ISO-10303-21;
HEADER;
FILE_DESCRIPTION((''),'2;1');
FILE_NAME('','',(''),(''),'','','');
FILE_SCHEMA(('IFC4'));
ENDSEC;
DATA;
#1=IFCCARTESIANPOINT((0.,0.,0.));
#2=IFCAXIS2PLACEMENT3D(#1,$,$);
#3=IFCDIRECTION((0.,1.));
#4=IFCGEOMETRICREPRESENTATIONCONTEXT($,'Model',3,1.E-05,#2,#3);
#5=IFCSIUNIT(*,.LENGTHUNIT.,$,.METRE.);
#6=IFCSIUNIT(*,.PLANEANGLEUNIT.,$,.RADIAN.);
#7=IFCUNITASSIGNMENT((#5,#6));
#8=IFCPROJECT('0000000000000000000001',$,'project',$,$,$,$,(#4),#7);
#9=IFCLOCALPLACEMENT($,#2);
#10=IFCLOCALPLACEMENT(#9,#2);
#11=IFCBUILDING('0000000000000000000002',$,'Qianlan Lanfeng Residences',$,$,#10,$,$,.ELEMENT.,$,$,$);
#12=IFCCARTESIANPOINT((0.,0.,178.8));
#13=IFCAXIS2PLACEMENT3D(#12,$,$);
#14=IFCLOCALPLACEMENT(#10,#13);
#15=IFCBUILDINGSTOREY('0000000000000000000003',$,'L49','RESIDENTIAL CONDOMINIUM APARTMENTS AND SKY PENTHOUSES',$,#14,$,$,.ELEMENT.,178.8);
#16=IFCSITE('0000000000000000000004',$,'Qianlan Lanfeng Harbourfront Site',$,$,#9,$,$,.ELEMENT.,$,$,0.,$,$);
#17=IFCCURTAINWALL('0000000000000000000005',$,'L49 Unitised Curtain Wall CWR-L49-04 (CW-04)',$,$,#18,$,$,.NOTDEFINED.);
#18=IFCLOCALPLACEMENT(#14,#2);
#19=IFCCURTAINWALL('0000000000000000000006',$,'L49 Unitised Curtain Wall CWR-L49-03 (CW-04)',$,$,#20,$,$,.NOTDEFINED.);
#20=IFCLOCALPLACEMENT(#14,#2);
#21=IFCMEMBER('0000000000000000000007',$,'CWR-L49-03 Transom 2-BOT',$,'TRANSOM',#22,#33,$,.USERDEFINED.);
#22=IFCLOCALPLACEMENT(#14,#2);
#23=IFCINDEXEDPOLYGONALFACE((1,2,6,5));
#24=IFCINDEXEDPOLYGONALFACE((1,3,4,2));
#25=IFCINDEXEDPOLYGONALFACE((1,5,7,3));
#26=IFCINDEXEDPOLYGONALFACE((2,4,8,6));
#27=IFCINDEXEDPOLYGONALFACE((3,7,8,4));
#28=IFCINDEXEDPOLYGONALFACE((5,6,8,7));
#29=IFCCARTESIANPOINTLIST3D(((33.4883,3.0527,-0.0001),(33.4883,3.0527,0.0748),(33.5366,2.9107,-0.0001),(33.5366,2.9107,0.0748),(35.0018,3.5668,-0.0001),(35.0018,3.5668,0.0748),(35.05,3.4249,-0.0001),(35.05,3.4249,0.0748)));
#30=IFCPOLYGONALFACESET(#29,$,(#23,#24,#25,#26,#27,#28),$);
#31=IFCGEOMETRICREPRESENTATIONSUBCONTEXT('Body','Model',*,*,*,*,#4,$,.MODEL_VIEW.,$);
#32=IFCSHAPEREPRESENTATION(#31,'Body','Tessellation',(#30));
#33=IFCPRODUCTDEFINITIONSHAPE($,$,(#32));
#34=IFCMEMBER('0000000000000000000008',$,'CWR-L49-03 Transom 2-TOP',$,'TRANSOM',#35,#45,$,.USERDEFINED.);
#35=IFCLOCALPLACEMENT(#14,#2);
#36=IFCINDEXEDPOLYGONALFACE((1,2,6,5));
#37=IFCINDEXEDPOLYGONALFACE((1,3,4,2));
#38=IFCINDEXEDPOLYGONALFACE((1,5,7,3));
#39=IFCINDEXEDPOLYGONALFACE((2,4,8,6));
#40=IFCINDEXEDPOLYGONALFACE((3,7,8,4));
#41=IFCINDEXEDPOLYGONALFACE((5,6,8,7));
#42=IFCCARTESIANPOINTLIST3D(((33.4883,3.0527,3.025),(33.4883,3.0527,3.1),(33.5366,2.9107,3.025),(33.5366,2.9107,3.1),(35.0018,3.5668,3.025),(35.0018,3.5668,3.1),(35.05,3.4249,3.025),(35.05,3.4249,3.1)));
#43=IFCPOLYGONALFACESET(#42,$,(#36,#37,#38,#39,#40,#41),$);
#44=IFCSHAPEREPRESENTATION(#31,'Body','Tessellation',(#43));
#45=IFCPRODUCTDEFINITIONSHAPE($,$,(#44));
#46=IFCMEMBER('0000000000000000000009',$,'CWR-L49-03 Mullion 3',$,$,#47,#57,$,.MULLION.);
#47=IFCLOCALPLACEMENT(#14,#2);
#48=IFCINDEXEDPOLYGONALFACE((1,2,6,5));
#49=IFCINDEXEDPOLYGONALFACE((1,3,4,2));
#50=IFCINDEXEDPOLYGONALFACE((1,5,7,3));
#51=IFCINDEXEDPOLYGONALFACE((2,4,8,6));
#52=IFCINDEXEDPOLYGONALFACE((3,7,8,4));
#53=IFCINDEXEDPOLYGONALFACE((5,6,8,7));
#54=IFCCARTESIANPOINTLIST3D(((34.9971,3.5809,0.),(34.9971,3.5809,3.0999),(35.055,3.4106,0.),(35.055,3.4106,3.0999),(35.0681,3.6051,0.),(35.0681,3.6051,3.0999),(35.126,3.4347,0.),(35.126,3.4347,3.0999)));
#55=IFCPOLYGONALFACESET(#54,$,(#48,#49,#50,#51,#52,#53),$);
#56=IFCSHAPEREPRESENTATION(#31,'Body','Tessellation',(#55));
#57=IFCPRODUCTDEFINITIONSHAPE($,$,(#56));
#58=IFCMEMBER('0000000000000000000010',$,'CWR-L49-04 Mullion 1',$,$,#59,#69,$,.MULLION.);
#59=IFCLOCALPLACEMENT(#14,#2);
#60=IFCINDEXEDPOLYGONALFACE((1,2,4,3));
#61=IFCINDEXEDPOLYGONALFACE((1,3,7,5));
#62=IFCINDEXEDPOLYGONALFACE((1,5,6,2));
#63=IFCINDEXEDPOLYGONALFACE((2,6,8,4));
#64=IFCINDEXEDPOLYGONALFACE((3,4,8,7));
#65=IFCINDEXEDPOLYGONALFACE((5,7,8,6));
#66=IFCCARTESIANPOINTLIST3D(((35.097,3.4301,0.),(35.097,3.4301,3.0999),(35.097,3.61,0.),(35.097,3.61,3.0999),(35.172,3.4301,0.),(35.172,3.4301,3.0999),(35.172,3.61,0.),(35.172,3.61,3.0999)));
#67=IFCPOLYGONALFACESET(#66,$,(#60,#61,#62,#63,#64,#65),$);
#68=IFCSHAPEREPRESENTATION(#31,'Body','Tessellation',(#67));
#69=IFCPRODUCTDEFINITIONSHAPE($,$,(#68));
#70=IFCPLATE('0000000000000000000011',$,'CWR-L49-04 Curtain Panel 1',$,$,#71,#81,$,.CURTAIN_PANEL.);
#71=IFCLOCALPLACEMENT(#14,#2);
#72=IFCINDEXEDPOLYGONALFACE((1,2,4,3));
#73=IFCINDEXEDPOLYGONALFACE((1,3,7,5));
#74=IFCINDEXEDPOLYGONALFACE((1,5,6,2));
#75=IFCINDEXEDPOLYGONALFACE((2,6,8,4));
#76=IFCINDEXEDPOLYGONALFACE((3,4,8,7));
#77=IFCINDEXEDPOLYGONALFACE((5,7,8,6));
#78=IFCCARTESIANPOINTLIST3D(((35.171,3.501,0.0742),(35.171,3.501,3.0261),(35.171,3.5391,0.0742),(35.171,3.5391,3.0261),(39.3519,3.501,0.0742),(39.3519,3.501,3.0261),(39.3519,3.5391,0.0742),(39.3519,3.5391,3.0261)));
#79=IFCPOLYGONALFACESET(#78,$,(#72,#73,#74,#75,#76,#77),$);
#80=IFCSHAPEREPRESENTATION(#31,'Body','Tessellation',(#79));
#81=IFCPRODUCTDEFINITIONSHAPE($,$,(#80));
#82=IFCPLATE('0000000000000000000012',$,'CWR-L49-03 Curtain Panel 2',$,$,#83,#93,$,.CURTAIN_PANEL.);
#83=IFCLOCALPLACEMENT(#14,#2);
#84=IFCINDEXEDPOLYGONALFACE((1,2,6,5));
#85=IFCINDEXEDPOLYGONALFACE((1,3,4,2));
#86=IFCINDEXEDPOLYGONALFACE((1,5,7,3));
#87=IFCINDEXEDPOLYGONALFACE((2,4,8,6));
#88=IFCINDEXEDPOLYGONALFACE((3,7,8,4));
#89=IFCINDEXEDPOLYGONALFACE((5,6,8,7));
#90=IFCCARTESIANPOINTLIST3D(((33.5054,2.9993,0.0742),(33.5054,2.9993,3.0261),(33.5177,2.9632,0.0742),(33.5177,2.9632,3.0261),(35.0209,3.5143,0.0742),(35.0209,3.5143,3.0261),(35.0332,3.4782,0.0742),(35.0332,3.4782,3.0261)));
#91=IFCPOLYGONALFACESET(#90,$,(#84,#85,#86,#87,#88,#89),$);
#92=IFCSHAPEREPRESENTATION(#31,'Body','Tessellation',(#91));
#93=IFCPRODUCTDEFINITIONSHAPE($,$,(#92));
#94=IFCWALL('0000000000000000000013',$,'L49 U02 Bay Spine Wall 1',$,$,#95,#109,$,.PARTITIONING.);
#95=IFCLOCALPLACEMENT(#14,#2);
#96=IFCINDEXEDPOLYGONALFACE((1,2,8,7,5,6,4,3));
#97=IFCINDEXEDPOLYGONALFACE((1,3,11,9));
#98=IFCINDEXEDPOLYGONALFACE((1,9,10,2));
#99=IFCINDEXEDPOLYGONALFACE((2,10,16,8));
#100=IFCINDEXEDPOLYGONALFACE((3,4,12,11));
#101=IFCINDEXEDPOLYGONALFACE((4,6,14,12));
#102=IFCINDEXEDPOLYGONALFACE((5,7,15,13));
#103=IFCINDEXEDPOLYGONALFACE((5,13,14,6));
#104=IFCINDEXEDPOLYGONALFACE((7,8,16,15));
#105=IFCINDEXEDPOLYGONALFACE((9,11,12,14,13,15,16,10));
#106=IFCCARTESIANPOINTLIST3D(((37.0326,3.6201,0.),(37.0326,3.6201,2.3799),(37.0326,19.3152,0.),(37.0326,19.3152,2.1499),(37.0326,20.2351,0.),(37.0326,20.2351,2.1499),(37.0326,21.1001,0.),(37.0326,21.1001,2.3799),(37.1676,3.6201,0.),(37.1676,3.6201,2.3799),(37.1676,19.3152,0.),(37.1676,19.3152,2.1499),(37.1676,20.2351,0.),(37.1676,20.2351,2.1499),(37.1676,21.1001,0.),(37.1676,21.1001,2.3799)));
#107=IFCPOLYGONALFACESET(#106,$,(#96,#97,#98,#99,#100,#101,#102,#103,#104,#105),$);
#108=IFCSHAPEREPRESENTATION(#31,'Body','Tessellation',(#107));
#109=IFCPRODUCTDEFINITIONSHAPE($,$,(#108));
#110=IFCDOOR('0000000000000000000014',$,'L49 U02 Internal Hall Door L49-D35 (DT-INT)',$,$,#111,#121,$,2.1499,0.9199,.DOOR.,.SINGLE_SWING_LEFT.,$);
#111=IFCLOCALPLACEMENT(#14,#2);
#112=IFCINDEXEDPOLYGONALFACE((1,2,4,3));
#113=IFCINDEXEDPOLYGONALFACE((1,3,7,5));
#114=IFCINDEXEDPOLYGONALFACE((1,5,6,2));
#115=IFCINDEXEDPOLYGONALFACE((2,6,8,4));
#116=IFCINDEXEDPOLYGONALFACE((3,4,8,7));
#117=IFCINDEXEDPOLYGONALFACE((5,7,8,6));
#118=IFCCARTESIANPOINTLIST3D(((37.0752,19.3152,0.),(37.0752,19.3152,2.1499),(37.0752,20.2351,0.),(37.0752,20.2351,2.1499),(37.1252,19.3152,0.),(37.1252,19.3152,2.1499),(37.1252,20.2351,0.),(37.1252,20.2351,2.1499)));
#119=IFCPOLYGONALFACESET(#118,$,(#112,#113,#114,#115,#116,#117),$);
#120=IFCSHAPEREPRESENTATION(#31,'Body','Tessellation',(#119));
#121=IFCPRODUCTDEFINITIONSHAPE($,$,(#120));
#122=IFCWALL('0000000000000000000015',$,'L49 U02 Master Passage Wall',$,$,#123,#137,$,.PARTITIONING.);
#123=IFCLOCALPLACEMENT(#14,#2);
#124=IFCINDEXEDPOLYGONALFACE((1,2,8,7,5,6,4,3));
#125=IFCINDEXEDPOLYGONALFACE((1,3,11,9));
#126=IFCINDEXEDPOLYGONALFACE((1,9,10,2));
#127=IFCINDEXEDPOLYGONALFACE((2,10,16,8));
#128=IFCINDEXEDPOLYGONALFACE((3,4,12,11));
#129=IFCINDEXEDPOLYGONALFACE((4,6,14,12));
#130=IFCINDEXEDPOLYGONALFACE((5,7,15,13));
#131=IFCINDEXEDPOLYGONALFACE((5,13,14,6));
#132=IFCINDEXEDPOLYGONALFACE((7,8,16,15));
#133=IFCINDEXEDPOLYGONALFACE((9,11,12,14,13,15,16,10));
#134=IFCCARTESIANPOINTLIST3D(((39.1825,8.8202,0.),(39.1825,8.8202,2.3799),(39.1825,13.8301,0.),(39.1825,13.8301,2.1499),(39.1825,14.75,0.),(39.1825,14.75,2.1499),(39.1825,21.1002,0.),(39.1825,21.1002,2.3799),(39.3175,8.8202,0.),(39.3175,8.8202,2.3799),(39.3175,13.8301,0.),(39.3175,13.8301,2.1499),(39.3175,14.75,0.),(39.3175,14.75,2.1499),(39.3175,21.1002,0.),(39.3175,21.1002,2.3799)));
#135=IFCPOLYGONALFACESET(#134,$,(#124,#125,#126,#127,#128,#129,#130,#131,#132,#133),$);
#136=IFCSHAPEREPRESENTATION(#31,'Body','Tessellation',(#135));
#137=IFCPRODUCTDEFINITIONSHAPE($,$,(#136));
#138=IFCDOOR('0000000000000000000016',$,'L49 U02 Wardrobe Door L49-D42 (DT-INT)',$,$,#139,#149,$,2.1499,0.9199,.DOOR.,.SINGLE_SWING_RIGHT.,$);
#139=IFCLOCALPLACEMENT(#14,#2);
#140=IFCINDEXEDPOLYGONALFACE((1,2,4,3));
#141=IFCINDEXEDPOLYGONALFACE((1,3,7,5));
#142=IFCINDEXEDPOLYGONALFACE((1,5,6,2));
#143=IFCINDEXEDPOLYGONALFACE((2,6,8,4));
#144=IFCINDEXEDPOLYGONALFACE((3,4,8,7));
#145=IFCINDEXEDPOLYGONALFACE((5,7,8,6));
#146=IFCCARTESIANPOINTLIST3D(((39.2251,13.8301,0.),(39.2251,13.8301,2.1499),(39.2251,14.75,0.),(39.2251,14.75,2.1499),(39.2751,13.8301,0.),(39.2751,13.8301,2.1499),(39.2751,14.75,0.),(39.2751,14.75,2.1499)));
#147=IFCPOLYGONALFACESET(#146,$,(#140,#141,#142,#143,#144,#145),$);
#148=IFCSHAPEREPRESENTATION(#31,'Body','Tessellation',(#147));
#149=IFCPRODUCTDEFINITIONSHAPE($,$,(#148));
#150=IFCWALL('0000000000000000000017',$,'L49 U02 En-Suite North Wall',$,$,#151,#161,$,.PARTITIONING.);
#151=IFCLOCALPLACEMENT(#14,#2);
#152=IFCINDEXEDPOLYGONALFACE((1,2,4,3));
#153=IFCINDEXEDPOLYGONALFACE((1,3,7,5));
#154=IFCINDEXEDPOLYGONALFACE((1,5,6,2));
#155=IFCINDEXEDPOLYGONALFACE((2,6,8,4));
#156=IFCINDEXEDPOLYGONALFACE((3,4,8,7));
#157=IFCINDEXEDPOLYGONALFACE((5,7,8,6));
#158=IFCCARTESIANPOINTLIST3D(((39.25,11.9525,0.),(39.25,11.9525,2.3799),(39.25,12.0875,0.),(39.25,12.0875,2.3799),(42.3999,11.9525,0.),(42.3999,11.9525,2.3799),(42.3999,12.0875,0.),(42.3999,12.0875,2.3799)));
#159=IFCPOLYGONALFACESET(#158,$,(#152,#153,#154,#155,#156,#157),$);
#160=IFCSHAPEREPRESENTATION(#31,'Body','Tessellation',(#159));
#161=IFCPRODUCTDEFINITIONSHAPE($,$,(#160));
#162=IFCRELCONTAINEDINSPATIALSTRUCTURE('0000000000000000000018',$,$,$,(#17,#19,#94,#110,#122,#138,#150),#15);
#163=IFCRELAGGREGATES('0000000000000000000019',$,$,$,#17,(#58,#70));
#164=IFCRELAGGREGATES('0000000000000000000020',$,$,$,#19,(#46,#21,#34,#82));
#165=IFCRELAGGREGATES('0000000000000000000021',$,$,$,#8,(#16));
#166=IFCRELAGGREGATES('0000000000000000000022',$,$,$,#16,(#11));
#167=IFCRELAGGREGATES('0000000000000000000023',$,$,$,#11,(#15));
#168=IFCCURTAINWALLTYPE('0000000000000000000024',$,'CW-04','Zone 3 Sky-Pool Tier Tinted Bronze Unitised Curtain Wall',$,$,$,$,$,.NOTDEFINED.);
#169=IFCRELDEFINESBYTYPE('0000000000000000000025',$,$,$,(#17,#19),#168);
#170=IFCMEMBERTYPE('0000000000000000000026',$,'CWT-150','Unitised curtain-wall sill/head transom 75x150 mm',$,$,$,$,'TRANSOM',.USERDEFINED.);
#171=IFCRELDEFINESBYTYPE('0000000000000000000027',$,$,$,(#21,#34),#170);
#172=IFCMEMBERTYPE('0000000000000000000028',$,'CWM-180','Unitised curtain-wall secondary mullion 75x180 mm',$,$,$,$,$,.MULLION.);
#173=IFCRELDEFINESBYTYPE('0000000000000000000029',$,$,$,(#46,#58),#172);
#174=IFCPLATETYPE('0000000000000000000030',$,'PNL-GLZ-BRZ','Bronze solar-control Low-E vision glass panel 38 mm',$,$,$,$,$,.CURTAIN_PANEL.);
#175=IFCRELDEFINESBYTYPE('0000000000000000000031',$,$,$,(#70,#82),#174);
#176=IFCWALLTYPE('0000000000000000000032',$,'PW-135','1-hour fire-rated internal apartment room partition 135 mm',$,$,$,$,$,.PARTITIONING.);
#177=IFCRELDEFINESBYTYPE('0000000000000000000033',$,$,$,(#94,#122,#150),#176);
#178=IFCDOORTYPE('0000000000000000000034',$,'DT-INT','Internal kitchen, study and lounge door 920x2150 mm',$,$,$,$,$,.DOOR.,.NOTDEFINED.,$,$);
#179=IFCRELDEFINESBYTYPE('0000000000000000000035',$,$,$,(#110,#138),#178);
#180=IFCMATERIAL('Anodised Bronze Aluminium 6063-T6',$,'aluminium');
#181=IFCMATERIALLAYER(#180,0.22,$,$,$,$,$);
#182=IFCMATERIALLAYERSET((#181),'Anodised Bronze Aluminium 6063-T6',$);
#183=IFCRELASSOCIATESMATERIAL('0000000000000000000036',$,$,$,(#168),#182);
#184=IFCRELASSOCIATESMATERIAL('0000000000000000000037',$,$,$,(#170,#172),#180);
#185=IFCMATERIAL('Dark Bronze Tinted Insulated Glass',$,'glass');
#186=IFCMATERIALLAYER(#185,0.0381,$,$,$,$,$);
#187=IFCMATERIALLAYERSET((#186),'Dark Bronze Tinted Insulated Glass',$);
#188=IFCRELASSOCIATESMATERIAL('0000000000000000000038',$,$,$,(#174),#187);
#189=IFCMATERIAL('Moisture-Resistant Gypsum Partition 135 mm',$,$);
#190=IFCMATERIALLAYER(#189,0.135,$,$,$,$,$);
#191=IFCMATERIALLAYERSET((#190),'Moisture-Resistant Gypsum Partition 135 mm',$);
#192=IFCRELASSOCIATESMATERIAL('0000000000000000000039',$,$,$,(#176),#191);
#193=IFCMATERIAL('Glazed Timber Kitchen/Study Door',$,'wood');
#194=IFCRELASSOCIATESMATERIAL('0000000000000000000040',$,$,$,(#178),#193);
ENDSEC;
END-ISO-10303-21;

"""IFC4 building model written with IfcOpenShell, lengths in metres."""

from ifc_helpers import new_model, si_unit, direction, frame, frame_2d, origin, origin_2d, place, context, subcontext, project, spatial, rectangle, extrude, source, transform, mapped, material, layer, layer_set, material_profile, profile_set, type_object, element, fill, aggregate, save


model = new_model("IFC4")

# Units and contexts
model_context = context("Model", 3, precision=1e-05, world=origin(), true_north=direction((0.0, 1.0)))
body_context = subcontext(model_context, "Body", "Model", "MODEL_VIEW")
ifc_project = project(units=[si_unit("LENGTHUNIT", "METRE"), si_unit("PLANEANGLEUNIT", "RADIAN")], contexts=[model_context])

# Site, building, storey
site_placement = place(None, origin())
site = spatial("IfcSite", under=ifc_project, at=site_placement, Name="Qianlan Lanfeng Harbourfront Site", CompositionType="ELEMENT", RefElevation=0.0)
building_placement = place(site_placement, origin())
building = spatial("IfcBuilding", under=site, at=building_placement, Name="Qianlan Lanfeng Residences", CompositionType="ELEMENT")
storey_placement = place(building_placement, frame((0.0, 0.0, 178.8)))
storey = spatial("IfcBuildingStorey", under=building, at=storey_placement, Name="L49", Description="RESIDENTIAL CONDOMINIUM APARTMENTS AND SKY PENTHOUSES", CompositionType="ELEMENT", Elevation=178.8)

# Curtain walls, members
ifc_material_1 = material(Name="Anodised Bronze Aluminium 6063-T6", Category="aluminium")
ifc_layer_1 = layer(ifc_material_1, 0.22)
ifc_layer_set_1 = layer_set([ifc_layer_1], Name="Anodised Bronze Aluminium 6063-T6")
curtain_wall_type = type_object("IfcCurtainWallType", Name="CW-04", Description="Zone 3 Sky-Pool Tier Tinted Bronze Unitised Curtain Wall", PredefinedType="NOTDEFINED", material=ifc_layer_set_1)
curtain_wall_1_placement = place(storey_placement, origin())
curtain_wall_1 = element("IfcCurtainWall", 1, at=curtain_wall_1_placement, inside=storey, type_object=curtain_wall_type, Name="L49 Unitised Curtain Wall CWR-L49-04 (CW-04)", PredefinedType="NOTDEFINED")
ifc_material_profile_1 = material_profile(ifc_material_1, rectangle(XDim=0.075, YDim=0.1499, at=origin_2d()), Name="ALU TRANSOM 75x150")
ifc_profile_set_1 = profile_set([ifc_material_profile_1], Name="Anodised Bronze Aluminium 6063-T6")
member_type_1 = type_object("IfcMemberType", Name="CWT-150", Description="Unitised curtain-wall sill/head transom 75x150 mm", ElementType="TRANSOM", PredefinedType="USERDEFINED", material=ifc_profile_set_1)
curtain_wall_2_placement = place(storey_placement, origin())
curtain_wall_2 = element("IfcCurtainWall", 2, at=curtain_wall_2_placement, inside=storey, type_object=curtain_wall_type, Name="L49 Unitised Curtain Wall CWR-L49-03 (CW-04)", PredefinedType="NOTDEFINED")
shared_shape_1 = source(origin(), body_context, "Body", "SweptSolid", [
    extrude(rectangle(XDim=0.075, YDim=0.1499, at=origin_2d()), origin(), (0.0, 0.0, 1.0), 1.5984),
])
member_1_placement = place(storey_placement, frame((33.5125, 2.9817, 0.0374), z_axis=(0.94685, 0.321675, 0.0), x_axis=(0.0, 0.0, 1.0)))
member_1 = element("IfcMember", 3, at=member_1_placement, type_object=member_type_1, Name="CWR-L49-03 Transom 2-BOT", ObjectType="TRANSOM", PredefinedType="USERDEFINED", context=body_context, shape_type="MappedRepresentation", body=[
    mapped(shared_shape_1, transform((0.0, 0.0, 0.0), scale=1.0)),
])
member_2_placement = place(storey_placement, frame((33.5125, 2.9817, 3.0625), z_axis=(0.94685, 0.321675, 0.0), x_axis=(0.0, 0.0, 1.0)))
member_2 = element("IfcMember", 4, at=member_2_placement, type_object=member_type_1, Name="CWR-L49-03 Transom 2-TOP", ObjectType="TRANSOM", PredefinedType="USERDEFINED", context=body_context, shape_type="MappedRepresentation", body=[
    mapped(shared_shape_1, transform((0.0, 0.0, 0.0), scale=1.0)),
])
ifc_material_profile_2 = material_profile(ifc_material_1, rectangle(XDim=0.075, YDim=0.1799, at=origin_2d()), Name="ALU MULLION 75x180")
ifc_profile_set_2 = profile_set([ifc_material_profile_2], Name="Anodised Bronze Aluminium 6063-T6")
member_type_2 = type_object("IfcMemberType", Name="CWM-180", Description="Unitised curtain-wall secondary mullion 75x180 mm", PredefinedType="MULLION", material=ifc_profile_set_2)
shared_shape_2 = source(origin(), body_context, "Body", "SweptSolid", [
    extrude(rectangle(XDim=0.075, YDim=0.1799, at=origin_2d()), origin(), (0.0, 0.0, 1.0), 3.0999),
])
member_3_placement = place(storey_placement, frame((35.0615, 3.5078, 0.0), z_axis=(0.0, 0.0, 1.0), x_axis=(0.946826, 0.321745, 0.0)))
member_3 = element("IfcMember", 5, at=member_3_placement, type_object=member_type_2, Name="CWR-L49-03 Mullion 3", PredefinedType="MULLION", context=body_context, shape_type="MappedRepresentation", body=[
    mapped(shared_shape_2, transform((0.0, 0.0, 0.0), scale=1.0)),
])

# Member
member_4_placement = place(storey_placement, frame((35.1345, 3.52, 0.0), z_axis=(0.0, 0.0, 1.0), x_axis=(1.0, 0.0, 0.0)))
member_4 = element("IfcMember", 6, at=member_4_placement, type_object=member_type_2, Name="CWR-L49-04 Mullion 1", PredefinedType="MULLION", context=body_context, shape_type="MappedRepresentation", body=[
    mapped(shared_shape_2, transform((0.0, 0.0, 0.0), scale=1.0)),
])

# Plates
ifc_material_2 = material(Name="Dark Bronze Tinted Insulated Glass", Category="glass")
ifc_layer_2 = layer(ifc_material_2, 0.0381)
ifc_layer_set_2 = layer_set([ifc_layer_2], Name="Dark Bronze Tinted Insulated Glass")
plate_type = type_object("IfcPlateType", Name="PNL-GLZ-BRZ", Description="Bronze solar-control Low-E vision glass panel 38 mm", PredefinedType="CURTAIN_PANEL", material=ifc_layer_set_2)
shared_shape_3 = source(origin(), body_context, "Body", "SweptSolid", [
    extrude(rectangle(XDim=4.1809, YDim=0.0381, at=origin_2d()), origin(), (0.0, 0.0, 1.0), 2.9519),
])
plate_1_placement = place(storey_placement, frame((37.2615, 3.52, 0.0742), z_axis=(0.0, 0.0, 1.0), x_axis=(1.0, 0.0, 0.0)))
plate_1 = element("IfcPlate", 7, at=plate_1_placement, type_object=plate_type, Name="CWR-L49-04 Curtain Panel 1", PredefinedType="CURTAIN_PANEL", context=body_context, shape_type="MappedRepresentation", body=[
    mapped(shared_shape_3, transform((0.0, 0.0, 0.0), scale=1.0)),
])
aggregate(curtain_wall_1, [member_4, plate_1])
shared_shape_4 = source(origin(), body_context, "Body", "SweptSolid", [
    extrude(rectangle(XDim=1.6006, YDim=0.0381, at=origin_2d()), origin(), (0.0, 0.0, 1.0), 2.9519),
])
plate_2_placement = place(storey_placement, frame((34.2693, 3.2388, 0.0742), z_axis=(0.0, 0.0, 1.0), x_axis=(0.946826, 0.321745, 0.0)))
plate_2 = element("IfcPlate", 8, at=plate_2_placement, type_object=plate_type, Name="CWR-L49-03 Curtain Panel 2", PredefinedType="CURTAIN_PANEL", context=body_context, shape_type="MappedRepresentation", body=[
    mapped(shared_shape_4, transform((0.0, 0.0, 0.0), scale=1.0)),
])
aggregate(curtain_wall_2, [member_3, member_1, member_2, plate_2])

# Wall, opening, door
ifc_material_3 = material(Name="Moisture-Resistant Gypsum Partition 135 mm")
ifc_layer_3 = layer(ifc_material_3, 0.135)
ifc_layer_set_3 = layer_set([ifc_layer_3], Name="Moisture-Resistant Gypsum Partition 135 mm")
wall_type = type_object("IfcWallType", Name="PW-135", Description="1-hour fire-rated internal apartment room partition 135 mm", PredefinedType="PARTITIONING", material=ifc_layer_set_3)
wall_1_placement = place(storey_placement, frame((37.1001, 3.6201, 0.0), z_axis=(0.0, 0.0, 1.0), x_axis=(0.0, 1.0, 0.0)))
wall_1 = element("IfcWall", 9, at=wall_1_placement, inside=storey, type_object=wall_type, Name="L49 U02 Bay Spine Wall 1", PredefinedType="PARTITIONING", context=body_context, shape_type="SweptSolid", body=[
    extrude(rectangle(XDim=17.48, YDim=0.135, at=frame_2d((8.74, 0.0))), origin(), (0.0, 0.0, 1.0), 2.3799),
])
opening_1_placement = place(wall_1_placement, frame((15.6951, 0.0, 0.0)))
opening_1 = element("IfcOpeningElement", 10, at=opening_1_placement, cuts=wall_1, PredefinedType="OPENING", context=body_context, shape_type="SweptSolid", body=[
    extrude(rectangle(XDim=0.9199, YDim=2.1499, at=frame_2d((0.46, 1.075))), frame((0.0, 0.0776, 0.0), z_axis=(0.0, -1.0, 0.0), x_axis=(1.0, 0.0, 0.0)), (0.0, 0.0, 1.0), 0.155),
])
ifc_material_4 = material(Name="Glazed Timber Kitchen/Study Door", Category="wood")
door_type_1 = type_object("IfcDoorType", Name="DT-INT", Description="Internal kitchen, study and lounge door 920x2150 mm", OperationType="NOTDEFINED", PredefinedType="DOOR", material=ifc_material_4)
door_1_placement = place(opening_1_placement, origin())
door_1 = element("IfcDoor", 11, at=door_1_placement, inside=storey, type_object=door_type_1, Name="L49 U02 Internal Hall Door L49-D35 (DT-INT)", OperationType="SINGLE_SWING_LEFT", OverallHeight=2.1499, OverallWidth=0.9199, PredefinedType="DOOR", context=body_context, shape_type="SweptSolid", body=[
    extrude(rectangle(XDim=0.9199, YDim=2.1499, at=frame_2d((0.46, 1.075))), frame((0.0, 0.0249, 0.0), z_axis=(0.0, -1.0, 0.0), x_axis=(1.0, 0.0, 0.0)), (0.0, 0.0, 1.0), 0.05),
])
fill(opening_1, door_1)

# Wall, opening, door
wall_2_placement = place(storey_placement, frame((39.25, 8.8201, 0.0), z_axis=(0.0, 0.0, 1.0), x_axis=(0.0, 1.0, 0.0)))
wall_2 = element("IfcWall", 12, at=wall_2_placement, inside=storey, type_object=wall_type, Name="L49 U02 Master Passage Wall", PredefinedType="PARTITIONING", context=body_context, shape_type="SweptSolid", body=[
    extrude(rectangle(XDim=12.28, YDim=0.135, at=frame_2d((6.1401, 0.0))), origin(), (0.0, 0.0, 1.0), 2.3799),
])
opening_2_placement = place(wall_2_placement, frame((5.01, 0.0, 0.0)))
opening_2 = element("IfcOpeningElement", 13, at=opening_2_placement, cuts=wall_2, PredefinedType="OPENING", context=body_context, shape_type="SweptSolid", body=[
    extrude(rectangle(XDim=0.9199, YDim=2.1499, at=frame_2d((0.46, 1.075))), frame((0.0, 0.0776, 0.0), z_axis=(0.0, -1.0, 0.0), x_axis=(1.0, 0.0, 0.0)), (0.0, 0.0, 1.0), 0.155),
])
door_2_placement = place(opening_2_placement, origin())
door_2 = element("IfcDoor", 14, at=door_2_placement, inside=storey, type_object=door_type_1, Name="L49 U02 Wardrobe Door L49-D42 (DT-INT)", OperationType="SINGLE_SWING_RIGHT", OverallHeight=2.1499, OverallWidth=0.9199, PredefinedType="DOOR", context=body_context, shape_type="SweptSolid", body=[
    extrude(rectangle(XDim=0.9199, YDim=2.1499, at=frame_2d((0.46, 1.075))), frame((0.0, 0.0249, 0.0), z_axis=(0.0, -1.0, 0.0), x_axis=(1.0, 0.0, 0.0)), (0.0, 0.0, 1.0), 0.05),
])
fill(opening_2, door_2)

# Wall
wall_3_placement = place(storey_placement, frame((39.25, 12.02, 0.0), z_axis=(0.0, 0.0, 1.0), x_axis=(1.0, 0.0, 0.0)))
element("IfcWall", 15, at=wall_3_placement, inside=storey, type_object=wall_type, Name="L49 U02 En-Suite North Wall", PredefinedType="PARTITIONING", context=body_context, shape_type="SweptSolid", body=[
    extrude(rectangle(XDim=3.1499, YDim=0.135, at=frame_2d((1.575, 0.0))), origin(), (0.0, 0.0, 1.0), 2.3799),
])

save(model, "model.ifc")
